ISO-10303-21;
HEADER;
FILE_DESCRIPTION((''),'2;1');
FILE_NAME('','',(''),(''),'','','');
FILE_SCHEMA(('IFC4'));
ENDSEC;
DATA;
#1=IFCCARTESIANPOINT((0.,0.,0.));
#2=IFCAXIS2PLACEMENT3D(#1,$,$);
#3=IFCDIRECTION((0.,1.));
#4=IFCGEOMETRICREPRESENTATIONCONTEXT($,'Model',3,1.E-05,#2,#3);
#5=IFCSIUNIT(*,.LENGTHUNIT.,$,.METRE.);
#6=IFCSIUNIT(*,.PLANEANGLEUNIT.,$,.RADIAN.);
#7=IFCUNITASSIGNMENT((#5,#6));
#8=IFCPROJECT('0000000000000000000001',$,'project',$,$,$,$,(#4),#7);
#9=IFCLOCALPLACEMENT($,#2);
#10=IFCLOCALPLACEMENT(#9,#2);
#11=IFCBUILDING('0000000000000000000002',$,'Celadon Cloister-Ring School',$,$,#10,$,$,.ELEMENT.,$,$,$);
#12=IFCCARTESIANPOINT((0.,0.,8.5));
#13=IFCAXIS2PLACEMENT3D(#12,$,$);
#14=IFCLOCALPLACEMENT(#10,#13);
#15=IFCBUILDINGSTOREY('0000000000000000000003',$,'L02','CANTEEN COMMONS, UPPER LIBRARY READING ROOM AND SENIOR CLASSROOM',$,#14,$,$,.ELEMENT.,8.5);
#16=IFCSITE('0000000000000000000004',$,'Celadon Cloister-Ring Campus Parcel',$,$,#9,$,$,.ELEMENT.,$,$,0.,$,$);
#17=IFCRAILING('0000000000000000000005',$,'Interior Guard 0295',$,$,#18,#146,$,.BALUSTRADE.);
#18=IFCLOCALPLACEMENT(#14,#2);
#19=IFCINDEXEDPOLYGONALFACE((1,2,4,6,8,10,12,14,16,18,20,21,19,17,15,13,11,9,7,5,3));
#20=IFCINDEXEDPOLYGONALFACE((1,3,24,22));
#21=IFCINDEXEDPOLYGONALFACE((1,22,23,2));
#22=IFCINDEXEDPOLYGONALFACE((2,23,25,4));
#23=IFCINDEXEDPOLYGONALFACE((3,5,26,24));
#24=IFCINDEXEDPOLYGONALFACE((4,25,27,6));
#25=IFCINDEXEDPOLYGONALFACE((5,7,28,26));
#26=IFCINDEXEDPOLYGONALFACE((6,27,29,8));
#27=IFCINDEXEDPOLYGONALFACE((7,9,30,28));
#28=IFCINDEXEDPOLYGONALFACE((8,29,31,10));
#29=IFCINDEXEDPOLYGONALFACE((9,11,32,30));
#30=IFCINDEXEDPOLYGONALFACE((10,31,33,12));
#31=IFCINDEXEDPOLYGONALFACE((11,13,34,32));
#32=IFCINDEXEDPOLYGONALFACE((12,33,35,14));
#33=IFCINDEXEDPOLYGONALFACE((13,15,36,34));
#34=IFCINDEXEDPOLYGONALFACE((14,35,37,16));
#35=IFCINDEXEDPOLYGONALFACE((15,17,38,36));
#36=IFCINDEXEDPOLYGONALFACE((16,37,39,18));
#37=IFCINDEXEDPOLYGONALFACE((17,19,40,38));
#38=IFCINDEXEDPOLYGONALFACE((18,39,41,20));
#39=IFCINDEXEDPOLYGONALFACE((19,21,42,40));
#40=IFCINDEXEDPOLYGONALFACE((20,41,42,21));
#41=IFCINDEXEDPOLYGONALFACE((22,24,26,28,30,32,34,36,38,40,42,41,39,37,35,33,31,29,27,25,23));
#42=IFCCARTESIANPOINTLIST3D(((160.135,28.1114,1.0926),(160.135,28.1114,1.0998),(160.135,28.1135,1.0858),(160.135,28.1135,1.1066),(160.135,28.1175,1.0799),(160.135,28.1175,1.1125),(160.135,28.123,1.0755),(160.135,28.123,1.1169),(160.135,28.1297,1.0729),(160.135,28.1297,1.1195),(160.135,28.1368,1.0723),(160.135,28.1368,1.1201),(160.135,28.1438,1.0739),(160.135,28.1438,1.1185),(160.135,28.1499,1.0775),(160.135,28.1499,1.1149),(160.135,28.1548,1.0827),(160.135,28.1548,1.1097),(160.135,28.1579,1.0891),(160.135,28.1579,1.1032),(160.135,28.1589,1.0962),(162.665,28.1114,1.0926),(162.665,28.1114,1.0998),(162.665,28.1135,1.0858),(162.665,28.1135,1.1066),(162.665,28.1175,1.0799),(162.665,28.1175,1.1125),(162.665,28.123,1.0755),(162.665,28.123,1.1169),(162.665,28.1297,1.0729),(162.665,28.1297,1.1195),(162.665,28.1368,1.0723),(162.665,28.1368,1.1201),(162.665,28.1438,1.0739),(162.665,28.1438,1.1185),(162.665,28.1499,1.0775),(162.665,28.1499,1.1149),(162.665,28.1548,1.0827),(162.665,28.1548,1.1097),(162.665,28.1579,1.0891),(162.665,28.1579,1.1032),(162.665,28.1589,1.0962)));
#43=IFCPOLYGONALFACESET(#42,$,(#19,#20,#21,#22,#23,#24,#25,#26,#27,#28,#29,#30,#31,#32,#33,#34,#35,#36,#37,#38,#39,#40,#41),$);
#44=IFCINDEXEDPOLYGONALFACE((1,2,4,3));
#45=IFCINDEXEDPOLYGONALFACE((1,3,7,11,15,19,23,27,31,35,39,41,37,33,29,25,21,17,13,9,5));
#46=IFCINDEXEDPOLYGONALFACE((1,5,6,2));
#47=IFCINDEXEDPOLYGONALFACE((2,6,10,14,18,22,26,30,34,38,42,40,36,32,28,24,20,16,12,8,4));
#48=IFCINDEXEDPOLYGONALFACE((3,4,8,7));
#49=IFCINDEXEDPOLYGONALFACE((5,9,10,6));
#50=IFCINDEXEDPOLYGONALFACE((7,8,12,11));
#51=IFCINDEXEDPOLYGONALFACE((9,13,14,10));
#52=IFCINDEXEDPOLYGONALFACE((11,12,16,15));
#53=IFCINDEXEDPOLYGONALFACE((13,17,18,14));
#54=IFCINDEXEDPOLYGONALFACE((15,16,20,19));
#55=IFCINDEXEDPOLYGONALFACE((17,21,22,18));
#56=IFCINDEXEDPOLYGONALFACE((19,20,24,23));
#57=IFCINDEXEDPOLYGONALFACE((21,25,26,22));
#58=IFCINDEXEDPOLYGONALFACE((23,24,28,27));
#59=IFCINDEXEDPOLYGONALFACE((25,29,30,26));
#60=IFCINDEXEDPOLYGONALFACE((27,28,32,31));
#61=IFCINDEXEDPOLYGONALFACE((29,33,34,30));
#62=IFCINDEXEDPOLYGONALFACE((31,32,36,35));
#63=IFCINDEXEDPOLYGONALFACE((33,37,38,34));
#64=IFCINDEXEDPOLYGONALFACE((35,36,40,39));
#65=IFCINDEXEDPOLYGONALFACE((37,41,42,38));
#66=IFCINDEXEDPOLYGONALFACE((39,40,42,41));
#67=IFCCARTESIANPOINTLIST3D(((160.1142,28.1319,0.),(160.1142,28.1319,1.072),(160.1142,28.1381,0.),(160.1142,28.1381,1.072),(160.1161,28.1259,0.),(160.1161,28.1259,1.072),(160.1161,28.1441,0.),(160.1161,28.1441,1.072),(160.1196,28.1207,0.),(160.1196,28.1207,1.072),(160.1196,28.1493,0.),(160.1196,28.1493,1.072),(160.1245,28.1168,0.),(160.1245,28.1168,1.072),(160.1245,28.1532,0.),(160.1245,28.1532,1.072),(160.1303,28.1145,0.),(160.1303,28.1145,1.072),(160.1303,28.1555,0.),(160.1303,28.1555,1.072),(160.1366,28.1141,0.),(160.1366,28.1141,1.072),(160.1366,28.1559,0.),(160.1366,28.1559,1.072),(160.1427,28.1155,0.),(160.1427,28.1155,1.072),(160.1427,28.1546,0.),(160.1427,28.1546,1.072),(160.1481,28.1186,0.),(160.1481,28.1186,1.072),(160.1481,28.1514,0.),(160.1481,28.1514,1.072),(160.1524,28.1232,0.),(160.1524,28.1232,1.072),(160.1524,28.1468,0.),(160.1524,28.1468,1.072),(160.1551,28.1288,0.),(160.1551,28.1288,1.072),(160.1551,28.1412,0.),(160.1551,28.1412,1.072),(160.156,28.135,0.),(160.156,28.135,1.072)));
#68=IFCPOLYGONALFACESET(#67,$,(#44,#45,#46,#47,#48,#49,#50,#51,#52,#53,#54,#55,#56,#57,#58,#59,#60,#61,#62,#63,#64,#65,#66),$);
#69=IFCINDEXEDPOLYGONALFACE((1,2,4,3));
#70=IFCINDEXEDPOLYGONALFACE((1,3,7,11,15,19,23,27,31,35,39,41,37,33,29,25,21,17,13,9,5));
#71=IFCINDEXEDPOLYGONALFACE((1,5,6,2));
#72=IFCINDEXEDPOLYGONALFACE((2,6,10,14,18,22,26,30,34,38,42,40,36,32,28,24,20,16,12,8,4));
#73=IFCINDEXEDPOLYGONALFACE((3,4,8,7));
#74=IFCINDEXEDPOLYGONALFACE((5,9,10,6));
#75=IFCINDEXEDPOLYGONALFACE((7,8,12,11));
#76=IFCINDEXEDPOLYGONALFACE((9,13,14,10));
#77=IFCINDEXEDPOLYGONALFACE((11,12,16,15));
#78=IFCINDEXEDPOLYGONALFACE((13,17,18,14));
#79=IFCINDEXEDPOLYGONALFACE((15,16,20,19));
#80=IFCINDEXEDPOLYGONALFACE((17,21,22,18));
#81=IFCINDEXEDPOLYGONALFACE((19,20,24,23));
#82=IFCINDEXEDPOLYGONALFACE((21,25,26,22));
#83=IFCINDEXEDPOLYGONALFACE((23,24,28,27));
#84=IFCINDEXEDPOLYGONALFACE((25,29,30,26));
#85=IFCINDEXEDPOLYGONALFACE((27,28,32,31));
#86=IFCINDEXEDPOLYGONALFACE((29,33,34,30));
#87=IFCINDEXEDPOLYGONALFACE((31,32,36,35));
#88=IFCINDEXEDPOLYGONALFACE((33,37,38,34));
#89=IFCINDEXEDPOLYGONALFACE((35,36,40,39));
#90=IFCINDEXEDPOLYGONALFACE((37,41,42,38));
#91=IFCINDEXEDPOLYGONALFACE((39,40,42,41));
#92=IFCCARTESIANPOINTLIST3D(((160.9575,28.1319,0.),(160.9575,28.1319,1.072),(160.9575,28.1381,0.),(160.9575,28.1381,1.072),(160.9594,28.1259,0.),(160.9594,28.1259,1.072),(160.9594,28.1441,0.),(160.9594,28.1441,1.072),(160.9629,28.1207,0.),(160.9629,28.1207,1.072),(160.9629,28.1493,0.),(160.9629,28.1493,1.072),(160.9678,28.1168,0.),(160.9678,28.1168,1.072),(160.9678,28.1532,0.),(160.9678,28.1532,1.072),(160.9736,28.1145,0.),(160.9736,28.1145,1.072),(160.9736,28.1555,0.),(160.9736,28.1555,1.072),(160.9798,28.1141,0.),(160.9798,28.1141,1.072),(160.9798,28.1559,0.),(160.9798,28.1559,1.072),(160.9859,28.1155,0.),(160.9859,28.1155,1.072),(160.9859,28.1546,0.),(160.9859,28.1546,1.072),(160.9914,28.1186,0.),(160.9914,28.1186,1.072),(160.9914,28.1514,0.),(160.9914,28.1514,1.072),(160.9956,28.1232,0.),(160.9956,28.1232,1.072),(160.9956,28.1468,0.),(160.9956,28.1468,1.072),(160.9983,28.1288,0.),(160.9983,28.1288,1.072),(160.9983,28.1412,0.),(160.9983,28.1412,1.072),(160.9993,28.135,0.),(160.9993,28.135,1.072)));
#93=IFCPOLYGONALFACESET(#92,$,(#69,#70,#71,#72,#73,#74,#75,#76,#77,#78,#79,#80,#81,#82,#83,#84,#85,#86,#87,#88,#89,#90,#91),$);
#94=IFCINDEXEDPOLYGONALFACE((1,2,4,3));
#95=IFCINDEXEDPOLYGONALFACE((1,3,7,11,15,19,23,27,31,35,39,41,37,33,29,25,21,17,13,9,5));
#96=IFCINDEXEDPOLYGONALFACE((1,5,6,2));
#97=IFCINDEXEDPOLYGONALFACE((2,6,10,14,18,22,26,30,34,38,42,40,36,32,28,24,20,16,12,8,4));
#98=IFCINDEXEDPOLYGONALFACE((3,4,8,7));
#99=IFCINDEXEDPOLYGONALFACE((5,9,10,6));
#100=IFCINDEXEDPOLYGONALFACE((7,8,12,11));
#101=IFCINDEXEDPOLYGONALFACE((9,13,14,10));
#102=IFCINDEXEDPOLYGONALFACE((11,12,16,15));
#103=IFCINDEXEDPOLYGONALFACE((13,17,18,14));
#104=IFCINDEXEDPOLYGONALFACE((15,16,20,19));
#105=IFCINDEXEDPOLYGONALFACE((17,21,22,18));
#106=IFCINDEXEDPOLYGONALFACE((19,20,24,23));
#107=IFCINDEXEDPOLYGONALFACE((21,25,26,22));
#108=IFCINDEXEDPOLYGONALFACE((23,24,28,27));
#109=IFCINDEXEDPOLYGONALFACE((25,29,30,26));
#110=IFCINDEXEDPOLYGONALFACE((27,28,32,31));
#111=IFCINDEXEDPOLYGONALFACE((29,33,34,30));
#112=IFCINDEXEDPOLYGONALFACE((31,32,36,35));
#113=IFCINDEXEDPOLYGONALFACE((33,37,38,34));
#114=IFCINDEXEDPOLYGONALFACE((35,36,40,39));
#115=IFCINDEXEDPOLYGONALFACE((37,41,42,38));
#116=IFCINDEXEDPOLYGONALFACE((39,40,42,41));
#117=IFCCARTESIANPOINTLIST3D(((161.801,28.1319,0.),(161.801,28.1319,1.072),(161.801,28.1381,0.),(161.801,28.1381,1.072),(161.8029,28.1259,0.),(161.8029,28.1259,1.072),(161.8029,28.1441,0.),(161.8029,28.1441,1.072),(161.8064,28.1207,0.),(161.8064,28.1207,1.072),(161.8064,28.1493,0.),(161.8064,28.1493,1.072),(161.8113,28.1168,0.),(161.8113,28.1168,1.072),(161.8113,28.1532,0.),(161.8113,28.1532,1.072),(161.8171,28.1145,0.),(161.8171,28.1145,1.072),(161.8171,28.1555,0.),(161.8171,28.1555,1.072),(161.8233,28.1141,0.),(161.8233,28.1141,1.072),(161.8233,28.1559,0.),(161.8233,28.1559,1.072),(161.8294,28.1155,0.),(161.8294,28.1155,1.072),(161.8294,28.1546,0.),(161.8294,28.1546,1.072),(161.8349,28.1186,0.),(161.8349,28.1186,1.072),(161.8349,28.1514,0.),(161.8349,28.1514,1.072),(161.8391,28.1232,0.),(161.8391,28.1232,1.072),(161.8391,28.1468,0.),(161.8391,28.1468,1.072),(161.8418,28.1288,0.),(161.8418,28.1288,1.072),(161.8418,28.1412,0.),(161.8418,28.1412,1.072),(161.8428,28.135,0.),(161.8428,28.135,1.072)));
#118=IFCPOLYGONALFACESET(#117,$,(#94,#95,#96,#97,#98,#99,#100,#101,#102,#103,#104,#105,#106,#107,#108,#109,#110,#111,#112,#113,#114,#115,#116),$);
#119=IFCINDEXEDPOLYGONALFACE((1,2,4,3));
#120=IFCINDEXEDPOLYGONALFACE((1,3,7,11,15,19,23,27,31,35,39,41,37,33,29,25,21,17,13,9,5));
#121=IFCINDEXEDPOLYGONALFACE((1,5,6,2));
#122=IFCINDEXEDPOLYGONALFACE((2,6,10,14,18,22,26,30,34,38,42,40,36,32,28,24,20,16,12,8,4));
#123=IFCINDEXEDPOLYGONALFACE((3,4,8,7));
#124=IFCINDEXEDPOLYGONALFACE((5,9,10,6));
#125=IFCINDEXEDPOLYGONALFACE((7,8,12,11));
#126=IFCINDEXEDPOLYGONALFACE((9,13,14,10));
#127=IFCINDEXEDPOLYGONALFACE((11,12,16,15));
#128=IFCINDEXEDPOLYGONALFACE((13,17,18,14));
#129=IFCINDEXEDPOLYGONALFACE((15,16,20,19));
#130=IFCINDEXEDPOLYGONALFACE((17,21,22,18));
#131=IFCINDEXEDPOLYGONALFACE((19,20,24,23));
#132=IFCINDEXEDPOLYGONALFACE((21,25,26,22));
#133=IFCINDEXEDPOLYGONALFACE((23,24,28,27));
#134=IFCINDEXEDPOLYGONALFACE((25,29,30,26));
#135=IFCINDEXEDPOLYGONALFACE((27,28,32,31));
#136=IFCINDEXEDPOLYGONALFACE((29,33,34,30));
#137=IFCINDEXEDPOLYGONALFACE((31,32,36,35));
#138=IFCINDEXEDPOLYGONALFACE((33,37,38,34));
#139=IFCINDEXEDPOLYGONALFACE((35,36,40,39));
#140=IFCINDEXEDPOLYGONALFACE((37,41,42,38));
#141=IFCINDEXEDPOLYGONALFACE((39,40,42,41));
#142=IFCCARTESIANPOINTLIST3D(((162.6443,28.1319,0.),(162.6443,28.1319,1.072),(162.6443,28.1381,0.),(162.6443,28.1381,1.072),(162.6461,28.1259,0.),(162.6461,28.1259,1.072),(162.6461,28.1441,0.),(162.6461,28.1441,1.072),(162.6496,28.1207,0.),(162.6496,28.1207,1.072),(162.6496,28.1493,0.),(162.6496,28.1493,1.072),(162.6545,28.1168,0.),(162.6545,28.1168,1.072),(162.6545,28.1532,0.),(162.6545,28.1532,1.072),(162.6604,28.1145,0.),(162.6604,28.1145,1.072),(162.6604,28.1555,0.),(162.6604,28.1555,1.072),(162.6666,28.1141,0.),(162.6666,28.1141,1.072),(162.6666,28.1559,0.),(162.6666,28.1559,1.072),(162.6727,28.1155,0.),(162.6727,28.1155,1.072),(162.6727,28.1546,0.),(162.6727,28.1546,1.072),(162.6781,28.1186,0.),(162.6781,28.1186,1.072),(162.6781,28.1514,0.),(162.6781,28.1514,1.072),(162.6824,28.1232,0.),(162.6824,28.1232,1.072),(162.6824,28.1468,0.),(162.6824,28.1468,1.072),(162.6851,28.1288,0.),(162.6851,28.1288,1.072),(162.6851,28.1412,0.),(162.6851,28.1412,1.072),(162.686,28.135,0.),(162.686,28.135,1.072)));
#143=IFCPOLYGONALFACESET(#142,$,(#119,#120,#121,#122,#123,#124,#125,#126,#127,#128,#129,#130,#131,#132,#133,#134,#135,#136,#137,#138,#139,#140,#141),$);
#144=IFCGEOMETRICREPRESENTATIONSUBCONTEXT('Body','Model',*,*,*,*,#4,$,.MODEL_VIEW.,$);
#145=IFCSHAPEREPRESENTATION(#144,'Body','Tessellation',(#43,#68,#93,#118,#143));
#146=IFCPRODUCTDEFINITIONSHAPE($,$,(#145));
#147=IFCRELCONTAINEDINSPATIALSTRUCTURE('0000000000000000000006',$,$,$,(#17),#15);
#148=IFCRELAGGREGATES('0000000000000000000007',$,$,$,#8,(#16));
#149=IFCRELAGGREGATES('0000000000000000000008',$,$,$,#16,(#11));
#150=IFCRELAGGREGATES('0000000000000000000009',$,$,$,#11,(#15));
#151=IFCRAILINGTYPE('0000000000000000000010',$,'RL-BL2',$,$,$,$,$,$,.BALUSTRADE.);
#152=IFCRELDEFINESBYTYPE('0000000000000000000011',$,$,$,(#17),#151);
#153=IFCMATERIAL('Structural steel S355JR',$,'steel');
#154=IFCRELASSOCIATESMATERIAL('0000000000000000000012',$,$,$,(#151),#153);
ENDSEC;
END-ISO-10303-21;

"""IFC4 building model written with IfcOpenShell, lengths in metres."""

from ifc_helpers import new_model, si_unit, direction, frame, origin, origin_2d, place, context, subcontext, project, spatial, circle, extrude, material, type_object, element, save


model = new_model("IFC4")

# Units and contexts
model_context = context("Model", 3, precision=1e-05, world=origin(), true_north=direction((0.0, 1.0)))
body_context = subcontext(model_context, "Body", "Model", "MODEL_VIEW")
ifc_project = project(units=[si_unit("LENGTHUNIT", "METRE"), si_unit("PLANEANGLEUNIT", "RADIAN")], contexts=[model_context])

# Site, building, storey
site_placement = place(None, origin())
site = spatial("IfcSite", under=ifc_project, at=site_placement, Name="Celadon Cloister-Ring Campus Parcel", CompositionType="ELEMENT", RefElevation=0.0)
building_placement = place(site_placement, origin())
building = spatial("IfcBuilding", under=site, at=building_placement, Name="Celadon Cloister-Ring School", CompositionType="ELEMENT")
storey_placement = place(building_placement, frame((0.0, 0.0, 8.5)))
storey = spatial("IfcBuildingStorey", under=building, at=storey_placement, Name="L02", Description="CANTEEN COMMONS, UPPER LIBRARY READING ROOM AND SENIOR CLASSROOM", CompositionType="ELEMENT", Elevation=8.5)

# Railing
ifc_material_1 = material(Name="Structural steel S355JR", Category="steel")
railing_type_1 = type_object("IfcRailingType", Name="RL-BL2", PredefinedType="BALUSTRADE", material=ifc_material_1)
railing_1_placement = place(storey_placement, frame((160.135, 28.135, 0.0)))
element("IfcRailing", 1, at=railing_1_placement, inside=storey, type_object=railing_type_1, Name="Interior Guard 0295", PredefinedType="BALUSTRADE", context=body_context, shape_type="SweptSolid", body=[
    extrude(circle(Radius=0.0239, at=origin_2d()), frame((0.0, 0.0, 1.0962), z_axis=(1.0, 0.0, 0.0), x_axis=(0.0, 1.0, 0.0)), (0.0, 0.0, 1.0), 2.53),
    extrude(circle(Radius=0.021, at=origin_2d()), origin(), (0.0, 0.0, 1.0), 1.072),
    extrude(circle(Radius=0.021, at=origin_2d()), frame((0.8433, 0.0, 0.0)), (0.0, 0.0, 1.0), 1.072),
    extrude(circle(Radius=0.021, at=origin_2d()), frame((1.6868, 0.0, 0.0)), (0.0, 0.0, 1.0), 1.072),
    extrude(circle(Radius=0.021, at=origin_2d()), frame((2.53, 0.0, 0.0)), (0.0, 0.0, 1.0), 1.072),
])

save(model, "model.ifc")
